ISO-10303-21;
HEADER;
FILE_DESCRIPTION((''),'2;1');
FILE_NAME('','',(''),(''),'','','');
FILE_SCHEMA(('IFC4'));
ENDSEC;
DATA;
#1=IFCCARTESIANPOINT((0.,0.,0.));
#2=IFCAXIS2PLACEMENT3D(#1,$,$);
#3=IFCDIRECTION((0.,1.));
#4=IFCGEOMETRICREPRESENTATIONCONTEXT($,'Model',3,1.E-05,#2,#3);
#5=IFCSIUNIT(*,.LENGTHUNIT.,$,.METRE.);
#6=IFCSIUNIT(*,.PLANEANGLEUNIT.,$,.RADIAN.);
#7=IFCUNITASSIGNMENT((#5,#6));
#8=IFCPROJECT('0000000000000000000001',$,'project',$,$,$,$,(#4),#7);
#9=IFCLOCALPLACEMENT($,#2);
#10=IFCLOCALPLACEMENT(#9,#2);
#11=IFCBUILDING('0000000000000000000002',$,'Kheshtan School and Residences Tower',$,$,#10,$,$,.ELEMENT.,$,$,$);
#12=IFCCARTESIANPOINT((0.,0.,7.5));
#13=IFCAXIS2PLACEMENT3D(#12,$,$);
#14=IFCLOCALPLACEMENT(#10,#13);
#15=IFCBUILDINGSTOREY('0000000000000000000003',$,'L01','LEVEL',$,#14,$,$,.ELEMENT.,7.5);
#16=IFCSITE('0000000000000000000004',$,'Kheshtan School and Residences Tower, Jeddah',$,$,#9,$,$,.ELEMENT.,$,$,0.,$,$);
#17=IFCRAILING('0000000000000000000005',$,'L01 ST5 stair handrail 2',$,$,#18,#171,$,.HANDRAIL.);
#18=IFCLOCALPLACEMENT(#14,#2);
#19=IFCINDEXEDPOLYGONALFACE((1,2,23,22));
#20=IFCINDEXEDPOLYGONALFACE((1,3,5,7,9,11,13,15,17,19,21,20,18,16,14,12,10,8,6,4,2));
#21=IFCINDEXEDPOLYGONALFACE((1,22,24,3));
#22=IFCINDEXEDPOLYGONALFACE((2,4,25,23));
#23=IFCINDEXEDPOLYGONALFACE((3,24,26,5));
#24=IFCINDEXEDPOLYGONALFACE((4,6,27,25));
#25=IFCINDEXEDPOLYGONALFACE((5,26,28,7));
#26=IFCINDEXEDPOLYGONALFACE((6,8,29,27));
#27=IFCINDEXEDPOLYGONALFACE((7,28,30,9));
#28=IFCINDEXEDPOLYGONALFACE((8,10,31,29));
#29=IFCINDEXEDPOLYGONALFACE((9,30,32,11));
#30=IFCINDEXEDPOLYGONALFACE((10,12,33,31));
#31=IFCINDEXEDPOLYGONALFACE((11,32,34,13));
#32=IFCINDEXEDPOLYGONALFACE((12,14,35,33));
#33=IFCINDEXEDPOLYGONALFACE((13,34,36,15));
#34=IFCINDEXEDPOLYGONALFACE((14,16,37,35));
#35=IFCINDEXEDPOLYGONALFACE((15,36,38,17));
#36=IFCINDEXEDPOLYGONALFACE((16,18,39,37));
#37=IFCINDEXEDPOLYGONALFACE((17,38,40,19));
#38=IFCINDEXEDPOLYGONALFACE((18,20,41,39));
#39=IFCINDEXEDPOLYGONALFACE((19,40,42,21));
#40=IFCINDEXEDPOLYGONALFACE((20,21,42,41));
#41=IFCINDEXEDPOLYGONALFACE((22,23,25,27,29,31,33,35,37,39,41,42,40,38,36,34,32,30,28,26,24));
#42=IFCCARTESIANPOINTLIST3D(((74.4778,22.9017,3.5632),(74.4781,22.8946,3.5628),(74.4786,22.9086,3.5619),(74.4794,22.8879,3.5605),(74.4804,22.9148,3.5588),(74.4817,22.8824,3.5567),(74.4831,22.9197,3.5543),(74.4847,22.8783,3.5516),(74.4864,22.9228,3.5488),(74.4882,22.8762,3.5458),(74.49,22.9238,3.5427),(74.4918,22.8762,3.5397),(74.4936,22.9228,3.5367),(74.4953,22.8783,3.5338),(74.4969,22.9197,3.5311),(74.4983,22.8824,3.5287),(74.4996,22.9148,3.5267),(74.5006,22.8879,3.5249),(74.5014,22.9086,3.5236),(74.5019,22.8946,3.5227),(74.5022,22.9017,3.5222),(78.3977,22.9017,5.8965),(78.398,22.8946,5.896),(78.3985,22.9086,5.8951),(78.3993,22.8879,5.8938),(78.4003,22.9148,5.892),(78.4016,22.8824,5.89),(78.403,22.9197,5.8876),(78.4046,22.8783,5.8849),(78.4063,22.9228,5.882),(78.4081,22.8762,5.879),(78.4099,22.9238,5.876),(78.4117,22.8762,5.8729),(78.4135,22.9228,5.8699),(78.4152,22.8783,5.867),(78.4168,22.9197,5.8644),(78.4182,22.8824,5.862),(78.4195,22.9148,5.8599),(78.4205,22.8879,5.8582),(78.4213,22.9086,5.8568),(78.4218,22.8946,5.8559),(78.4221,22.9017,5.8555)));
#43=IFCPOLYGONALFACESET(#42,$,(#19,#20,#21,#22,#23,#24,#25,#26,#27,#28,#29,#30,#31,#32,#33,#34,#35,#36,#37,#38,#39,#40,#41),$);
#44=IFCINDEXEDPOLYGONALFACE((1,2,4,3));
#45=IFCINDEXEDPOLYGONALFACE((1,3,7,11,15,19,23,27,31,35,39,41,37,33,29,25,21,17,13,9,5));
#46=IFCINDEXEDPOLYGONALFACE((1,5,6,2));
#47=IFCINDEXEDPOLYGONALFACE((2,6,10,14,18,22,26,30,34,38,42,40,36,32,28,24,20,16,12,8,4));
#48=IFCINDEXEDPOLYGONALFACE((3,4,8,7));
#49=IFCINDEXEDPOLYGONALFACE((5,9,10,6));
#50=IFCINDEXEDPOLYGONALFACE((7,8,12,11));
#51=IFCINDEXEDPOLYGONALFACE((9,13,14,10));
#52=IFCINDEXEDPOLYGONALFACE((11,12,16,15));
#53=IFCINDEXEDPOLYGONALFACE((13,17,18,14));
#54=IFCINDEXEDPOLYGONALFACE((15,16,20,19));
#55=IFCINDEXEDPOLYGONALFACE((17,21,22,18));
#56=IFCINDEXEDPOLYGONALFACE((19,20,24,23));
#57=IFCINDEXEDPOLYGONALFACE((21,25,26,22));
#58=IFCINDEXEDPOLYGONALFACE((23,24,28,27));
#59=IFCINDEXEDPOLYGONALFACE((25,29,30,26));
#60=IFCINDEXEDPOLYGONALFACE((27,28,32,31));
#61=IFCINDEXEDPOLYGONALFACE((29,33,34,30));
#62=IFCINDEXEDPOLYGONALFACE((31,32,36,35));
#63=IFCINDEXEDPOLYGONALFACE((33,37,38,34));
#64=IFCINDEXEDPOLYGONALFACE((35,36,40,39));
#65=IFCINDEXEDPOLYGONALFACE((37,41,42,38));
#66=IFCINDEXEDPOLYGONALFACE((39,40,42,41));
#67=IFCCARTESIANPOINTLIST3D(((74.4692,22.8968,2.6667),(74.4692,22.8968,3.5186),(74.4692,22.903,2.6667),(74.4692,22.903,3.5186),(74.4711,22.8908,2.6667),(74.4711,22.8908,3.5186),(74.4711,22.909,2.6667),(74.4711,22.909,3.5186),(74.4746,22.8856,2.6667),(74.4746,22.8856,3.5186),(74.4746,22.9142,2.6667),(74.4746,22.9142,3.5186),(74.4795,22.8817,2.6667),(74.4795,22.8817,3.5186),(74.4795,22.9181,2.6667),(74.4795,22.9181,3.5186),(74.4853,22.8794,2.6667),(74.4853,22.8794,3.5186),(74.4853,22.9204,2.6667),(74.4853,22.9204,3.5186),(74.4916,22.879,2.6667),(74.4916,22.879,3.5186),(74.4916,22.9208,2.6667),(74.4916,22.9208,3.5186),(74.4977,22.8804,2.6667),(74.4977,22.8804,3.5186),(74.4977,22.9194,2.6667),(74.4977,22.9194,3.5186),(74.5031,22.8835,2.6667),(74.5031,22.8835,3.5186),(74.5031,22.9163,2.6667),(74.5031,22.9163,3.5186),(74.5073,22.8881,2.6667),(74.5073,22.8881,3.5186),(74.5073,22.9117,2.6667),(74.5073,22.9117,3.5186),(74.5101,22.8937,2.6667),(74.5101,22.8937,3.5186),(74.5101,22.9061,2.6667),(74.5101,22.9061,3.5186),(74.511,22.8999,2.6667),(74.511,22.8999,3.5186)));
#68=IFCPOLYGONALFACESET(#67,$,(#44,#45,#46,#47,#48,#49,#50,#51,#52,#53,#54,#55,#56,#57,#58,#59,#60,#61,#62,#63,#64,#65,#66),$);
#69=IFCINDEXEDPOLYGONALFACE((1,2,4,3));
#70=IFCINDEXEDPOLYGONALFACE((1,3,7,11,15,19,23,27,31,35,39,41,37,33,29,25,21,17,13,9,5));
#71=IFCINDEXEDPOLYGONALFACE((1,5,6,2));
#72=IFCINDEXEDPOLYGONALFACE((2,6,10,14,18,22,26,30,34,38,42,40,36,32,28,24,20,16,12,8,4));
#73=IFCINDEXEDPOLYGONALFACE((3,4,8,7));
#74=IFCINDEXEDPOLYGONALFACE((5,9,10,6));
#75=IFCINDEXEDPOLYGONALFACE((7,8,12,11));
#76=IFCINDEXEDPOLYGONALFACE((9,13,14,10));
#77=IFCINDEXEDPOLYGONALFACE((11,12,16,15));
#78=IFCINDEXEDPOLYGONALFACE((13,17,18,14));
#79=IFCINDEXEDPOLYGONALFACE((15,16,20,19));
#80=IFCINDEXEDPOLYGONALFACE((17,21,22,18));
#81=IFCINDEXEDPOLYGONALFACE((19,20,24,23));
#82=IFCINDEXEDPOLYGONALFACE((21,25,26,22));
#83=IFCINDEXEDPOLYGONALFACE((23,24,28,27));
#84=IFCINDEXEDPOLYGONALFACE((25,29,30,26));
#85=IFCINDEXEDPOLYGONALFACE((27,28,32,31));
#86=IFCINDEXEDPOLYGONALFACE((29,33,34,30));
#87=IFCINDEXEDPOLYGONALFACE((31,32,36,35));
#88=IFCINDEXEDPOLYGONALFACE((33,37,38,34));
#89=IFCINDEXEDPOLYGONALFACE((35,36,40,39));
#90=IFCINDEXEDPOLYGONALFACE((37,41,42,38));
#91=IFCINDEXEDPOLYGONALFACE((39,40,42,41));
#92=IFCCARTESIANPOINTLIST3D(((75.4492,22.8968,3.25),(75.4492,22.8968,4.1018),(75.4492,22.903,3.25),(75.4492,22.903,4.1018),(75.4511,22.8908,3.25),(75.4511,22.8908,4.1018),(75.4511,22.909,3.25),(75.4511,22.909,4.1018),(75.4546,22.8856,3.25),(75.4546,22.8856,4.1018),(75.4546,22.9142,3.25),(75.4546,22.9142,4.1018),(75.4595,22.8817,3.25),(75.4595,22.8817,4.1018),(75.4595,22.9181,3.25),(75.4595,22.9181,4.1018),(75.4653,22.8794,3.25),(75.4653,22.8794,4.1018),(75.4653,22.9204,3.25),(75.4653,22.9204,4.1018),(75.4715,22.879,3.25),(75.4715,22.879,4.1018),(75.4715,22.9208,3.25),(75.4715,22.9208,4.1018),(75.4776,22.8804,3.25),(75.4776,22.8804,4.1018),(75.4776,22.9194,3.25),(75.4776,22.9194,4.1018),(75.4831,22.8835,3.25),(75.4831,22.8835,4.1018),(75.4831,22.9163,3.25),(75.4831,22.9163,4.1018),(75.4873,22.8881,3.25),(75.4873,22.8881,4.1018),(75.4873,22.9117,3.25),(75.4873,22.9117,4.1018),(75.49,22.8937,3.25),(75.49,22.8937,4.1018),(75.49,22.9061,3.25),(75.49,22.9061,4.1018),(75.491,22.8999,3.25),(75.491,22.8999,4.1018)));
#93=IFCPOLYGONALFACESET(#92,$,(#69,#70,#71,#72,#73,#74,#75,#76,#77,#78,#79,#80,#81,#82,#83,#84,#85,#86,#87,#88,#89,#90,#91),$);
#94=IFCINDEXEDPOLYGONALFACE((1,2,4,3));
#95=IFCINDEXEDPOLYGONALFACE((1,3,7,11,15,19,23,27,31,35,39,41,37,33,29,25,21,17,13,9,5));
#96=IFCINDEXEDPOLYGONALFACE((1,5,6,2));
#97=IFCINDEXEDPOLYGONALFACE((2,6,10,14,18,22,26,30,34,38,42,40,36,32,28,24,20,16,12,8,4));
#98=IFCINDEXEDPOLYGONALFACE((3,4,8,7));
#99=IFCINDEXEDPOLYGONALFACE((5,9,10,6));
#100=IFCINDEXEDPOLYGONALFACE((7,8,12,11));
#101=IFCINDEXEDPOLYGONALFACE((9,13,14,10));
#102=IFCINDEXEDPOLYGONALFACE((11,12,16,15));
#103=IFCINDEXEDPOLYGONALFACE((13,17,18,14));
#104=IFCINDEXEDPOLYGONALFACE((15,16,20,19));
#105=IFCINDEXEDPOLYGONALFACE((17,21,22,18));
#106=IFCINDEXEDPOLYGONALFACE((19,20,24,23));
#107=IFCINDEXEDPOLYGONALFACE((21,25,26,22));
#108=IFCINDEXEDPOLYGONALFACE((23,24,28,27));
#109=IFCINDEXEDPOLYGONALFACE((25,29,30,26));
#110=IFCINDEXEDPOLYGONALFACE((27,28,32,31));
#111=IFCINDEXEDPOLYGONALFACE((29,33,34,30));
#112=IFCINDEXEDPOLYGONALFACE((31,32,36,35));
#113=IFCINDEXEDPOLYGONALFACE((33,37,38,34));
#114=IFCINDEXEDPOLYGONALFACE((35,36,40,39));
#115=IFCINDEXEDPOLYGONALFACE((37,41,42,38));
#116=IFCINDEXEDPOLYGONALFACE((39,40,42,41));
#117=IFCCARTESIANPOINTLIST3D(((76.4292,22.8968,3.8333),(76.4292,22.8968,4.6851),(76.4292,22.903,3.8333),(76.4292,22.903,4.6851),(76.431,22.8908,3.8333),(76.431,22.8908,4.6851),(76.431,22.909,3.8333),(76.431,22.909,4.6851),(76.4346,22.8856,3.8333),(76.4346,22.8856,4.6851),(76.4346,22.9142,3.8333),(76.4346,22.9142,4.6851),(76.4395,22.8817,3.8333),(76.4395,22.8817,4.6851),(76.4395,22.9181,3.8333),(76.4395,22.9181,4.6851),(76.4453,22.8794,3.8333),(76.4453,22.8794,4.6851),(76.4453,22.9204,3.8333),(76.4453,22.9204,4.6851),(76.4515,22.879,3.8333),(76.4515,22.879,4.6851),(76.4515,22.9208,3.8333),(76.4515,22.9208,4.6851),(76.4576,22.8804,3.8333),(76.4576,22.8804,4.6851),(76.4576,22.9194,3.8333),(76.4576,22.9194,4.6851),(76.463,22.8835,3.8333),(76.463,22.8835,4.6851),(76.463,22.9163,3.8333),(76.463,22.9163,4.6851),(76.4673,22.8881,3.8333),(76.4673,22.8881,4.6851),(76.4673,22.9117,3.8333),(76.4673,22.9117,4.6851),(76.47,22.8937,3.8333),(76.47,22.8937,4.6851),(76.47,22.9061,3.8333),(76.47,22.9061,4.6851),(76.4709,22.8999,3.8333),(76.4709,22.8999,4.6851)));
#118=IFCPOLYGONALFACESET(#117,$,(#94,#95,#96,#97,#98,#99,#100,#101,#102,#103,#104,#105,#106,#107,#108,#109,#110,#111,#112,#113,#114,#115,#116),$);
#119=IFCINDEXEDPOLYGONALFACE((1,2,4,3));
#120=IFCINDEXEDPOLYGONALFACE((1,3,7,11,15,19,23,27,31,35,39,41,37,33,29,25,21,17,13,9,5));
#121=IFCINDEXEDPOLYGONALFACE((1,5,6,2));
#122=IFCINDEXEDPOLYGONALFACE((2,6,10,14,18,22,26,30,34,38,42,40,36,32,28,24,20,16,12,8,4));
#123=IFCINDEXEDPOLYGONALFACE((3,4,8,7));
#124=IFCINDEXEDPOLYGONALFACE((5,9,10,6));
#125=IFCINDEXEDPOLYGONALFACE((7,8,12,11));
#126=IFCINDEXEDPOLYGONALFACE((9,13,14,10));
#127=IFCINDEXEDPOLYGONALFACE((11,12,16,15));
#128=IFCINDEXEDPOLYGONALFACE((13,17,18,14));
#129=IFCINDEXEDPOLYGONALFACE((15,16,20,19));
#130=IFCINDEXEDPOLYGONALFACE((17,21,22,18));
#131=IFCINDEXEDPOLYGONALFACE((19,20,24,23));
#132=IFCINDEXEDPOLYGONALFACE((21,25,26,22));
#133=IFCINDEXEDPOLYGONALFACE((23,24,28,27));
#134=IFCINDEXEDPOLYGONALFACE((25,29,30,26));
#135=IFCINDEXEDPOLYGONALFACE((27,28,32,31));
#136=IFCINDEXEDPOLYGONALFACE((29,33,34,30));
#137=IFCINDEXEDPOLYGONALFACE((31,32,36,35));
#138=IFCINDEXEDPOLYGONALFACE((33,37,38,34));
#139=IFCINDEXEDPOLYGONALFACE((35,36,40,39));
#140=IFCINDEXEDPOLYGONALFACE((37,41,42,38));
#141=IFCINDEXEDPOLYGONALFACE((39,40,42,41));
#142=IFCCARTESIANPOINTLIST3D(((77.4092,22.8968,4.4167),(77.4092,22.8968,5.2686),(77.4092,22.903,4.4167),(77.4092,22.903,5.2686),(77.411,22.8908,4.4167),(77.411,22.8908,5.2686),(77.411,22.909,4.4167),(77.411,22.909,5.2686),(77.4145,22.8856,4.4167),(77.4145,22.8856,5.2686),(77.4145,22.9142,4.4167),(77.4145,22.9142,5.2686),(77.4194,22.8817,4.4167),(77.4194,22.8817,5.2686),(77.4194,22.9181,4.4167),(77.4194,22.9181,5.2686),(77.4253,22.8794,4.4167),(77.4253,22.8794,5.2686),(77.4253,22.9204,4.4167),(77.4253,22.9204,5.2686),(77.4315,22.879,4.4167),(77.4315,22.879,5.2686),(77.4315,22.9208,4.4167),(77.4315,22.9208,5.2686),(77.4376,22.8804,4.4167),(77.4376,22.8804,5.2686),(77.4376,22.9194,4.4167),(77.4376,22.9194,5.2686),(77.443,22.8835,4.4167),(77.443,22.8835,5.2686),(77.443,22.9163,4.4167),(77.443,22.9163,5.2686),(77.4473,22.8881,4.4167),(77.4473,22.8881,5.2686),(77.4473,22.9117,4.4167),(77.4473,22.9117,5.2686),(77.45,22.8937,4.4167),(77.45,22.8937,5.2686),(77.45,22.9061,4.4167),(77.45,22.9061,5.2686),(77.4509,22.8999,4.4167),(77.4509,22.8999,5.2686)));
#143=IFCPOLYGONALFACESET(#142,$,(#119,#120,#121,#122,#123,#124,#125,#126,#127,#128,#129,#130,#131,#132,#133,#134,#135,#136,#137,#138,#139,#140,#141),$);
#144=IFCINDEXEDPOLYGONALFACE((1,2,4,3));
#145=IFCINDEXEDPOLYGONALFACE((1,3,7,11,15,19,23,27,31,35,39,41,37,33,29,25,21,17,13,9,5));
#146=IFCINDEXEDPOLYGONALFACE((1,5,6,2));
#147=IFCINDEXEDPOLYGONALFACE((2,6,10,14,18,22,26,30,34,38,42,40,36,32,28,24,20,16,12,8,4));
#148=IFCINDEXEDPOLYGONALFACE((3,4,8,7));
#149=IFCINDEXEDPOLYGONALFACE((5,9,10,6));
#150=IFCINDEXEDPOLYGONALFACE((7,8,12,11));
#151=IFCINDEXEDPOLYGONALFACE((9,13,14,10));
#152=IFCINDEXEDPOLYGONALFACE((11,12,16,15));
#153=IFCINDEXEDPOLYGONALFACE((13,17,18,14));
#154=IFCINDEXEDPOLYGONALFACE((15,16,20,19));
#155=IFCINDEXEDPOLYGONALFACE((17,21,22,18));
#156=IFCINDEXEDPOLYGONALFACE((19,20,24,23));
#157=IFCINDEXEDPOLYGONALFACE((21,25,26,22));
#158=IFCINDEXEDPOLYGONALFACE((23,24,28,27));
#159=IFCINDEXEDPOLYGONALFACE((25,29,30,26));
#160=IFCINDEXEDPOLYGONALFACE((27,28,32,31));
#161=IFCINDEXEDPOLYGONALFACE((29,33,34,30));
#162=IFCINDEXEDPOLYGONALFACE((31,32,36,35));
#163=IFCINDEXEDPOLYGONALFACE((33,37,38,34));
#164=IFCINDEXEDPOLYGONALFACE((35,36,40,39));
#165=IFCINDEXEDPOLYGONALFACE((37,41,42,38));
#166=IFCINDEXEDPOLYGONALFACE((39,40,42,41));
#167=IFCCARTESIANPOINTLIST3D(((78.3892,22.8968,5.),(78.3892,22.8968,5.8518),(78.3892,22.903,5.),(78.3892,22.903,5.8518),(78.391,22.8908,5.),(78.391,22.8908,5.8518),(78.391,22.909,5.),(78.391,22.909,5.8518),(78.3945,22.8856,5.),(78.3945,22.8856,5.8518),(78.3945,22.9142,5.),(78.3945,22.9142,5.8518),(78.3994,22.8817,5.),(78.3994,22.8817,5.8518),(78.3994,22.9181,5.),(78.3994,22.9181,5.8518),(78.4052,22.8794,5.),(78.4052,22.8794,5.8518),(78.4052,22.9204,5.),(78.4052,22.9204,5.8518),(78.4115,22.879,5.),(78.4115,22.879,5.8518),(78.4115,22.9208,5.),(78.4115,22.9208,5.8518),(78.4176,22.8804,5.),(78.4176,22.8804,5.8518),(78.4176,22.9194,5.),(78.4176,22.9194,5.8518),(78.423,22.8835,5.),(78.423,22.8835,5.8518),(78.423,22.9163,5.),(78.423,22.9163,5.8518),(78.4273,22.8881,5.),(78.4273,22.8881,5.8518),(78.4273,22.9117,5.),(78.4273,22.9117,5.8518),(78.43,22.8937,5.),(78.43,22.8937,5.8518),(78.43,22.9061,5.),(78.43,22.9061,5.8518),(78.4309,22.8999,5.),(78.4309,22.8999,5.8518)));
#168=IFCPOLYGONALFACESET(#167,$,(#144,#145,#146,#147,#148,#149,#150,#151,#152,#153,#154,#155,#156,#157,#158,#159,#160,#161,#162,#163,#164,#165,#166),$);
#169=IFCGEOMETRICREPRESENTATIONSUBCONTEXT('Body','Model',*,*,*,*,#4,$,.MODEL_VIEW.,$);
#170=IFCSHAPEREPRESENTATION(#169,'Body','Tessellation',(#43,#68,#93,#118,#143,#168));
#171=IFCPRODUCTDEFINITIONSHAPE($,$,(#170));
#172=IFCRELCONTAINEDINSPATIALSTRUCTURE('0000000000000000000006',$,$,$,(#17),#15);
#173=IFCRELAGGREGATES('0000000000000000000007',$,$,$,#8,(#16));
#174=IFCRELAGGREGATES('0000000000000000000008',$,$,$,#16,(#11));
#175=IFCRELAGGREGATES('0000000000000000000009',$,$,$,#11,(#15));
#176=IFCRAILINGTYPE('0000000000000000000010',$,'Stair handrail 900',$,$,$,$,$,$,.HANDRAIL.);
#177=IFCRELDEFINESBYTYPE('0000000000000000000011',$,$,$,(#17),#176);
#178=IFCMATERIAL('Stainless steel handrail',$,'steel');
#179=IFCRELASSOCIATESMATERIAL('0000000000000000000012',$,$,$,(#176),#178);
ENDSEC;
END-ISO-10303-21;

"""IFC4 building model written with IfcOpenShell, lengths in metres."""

from ifc_helpers import new_model, si_unit, direction, frame, origin, origin_2d, place, context, subcontext, project, spatial, circle, extrude, material, type_object, element, save


model = new_model("IFC4")

# Units and contexts
model_context = context("Model", 3, precision=1e-05, world=origin(), true_north=direction((0.0, 1.0)))
body_context = subcontext(model_context, "Body", "Model", "MODEL_VIEW")
ifc_project = project(units=[si_unit("LENGTHUNIT", "METRE"), si_unit("PLANEANGLEUNIT", "RADIAN")], contexts=[model_context])

# Site, building, storey
site_placement = place(None, origin())
site = spatial("IfcSite", under=ifc_project, at=site_placement, Name="Kheshtan School and Residences Tower, Jeddah", CompositionType="ELEMENT", RefElevation=0.0)
building_placement = place(site_placement, origin())
building = spatial("IfcBuilding", under=site, at=building_placement, Name="Kheshtan School and Residences Tower", CompositionType="ELEMENT")
storey_placement = place(building_placement, frame((0.0, 0.0, 7.5)))
storey = spatial("IfcBuildingStorey", under=building, at=storey_placement, Name="L01", Description="LEVEL", CompositionType="ELEMENT", Elevation=7.5)

# Railing
ifc_material_1 = material(Name="Stainless steel handrail", Category="steel")
railing_type = type_object("IfcRailingType", Name="Stair handrail 900", PredefinedType="HANDRAIL", material=ifc_material_1)
railing_1_placement = place(storey_placement, frame((74.49, 22.8999, 2.6667)))
element("IfcRailing", 1, at=railing_1_placement, inside=storey, type_object=railing_type, Name="L01 ST5 stair handrail 2", PredefinedType="HANDRAIL", context=body_context, shape_type="SweptSolid", body=[
    extrude(circle(Radius=0.0239, at=origin_2d()), frame((0.0, 0.0, 0.876), z_axis=(0.859296, 0.0, 0.511478), x_axis=(0.0, 1.0, 0.0)), (0.0, 0.0, 1.0), 4.5618),
    extrude(circle(Radius=0.021, at=origin_2d()), origin(), (0.0, 0.0, 1.0), 0.8518),
    extrude(circle(Radius=0.021, at=origin_2d()), frame((0.98, 0.0, 0.5833)), (0.0, 0.0, 1.0), 0.8518),
    extrude(circle(Radius=0.021, at=origin_2d()), frame((1.96, 0.0, 1.1665)), (0.0, 0.0, 1.0), 0.8518),
    extrude(circle(Radius=0.021, at=origin_2d()), frame((2.9399, 0.0, 1.75)), (0.0, 0.0, 1.0), 0.8518),
    extrude(circle(Radius=0.021, at=origin_2d()), frame((3.9199, 0.0, 2.3333)), (0.0, 0.0, 1.0), 0.8518),
])

save(model, "model.ifc")
